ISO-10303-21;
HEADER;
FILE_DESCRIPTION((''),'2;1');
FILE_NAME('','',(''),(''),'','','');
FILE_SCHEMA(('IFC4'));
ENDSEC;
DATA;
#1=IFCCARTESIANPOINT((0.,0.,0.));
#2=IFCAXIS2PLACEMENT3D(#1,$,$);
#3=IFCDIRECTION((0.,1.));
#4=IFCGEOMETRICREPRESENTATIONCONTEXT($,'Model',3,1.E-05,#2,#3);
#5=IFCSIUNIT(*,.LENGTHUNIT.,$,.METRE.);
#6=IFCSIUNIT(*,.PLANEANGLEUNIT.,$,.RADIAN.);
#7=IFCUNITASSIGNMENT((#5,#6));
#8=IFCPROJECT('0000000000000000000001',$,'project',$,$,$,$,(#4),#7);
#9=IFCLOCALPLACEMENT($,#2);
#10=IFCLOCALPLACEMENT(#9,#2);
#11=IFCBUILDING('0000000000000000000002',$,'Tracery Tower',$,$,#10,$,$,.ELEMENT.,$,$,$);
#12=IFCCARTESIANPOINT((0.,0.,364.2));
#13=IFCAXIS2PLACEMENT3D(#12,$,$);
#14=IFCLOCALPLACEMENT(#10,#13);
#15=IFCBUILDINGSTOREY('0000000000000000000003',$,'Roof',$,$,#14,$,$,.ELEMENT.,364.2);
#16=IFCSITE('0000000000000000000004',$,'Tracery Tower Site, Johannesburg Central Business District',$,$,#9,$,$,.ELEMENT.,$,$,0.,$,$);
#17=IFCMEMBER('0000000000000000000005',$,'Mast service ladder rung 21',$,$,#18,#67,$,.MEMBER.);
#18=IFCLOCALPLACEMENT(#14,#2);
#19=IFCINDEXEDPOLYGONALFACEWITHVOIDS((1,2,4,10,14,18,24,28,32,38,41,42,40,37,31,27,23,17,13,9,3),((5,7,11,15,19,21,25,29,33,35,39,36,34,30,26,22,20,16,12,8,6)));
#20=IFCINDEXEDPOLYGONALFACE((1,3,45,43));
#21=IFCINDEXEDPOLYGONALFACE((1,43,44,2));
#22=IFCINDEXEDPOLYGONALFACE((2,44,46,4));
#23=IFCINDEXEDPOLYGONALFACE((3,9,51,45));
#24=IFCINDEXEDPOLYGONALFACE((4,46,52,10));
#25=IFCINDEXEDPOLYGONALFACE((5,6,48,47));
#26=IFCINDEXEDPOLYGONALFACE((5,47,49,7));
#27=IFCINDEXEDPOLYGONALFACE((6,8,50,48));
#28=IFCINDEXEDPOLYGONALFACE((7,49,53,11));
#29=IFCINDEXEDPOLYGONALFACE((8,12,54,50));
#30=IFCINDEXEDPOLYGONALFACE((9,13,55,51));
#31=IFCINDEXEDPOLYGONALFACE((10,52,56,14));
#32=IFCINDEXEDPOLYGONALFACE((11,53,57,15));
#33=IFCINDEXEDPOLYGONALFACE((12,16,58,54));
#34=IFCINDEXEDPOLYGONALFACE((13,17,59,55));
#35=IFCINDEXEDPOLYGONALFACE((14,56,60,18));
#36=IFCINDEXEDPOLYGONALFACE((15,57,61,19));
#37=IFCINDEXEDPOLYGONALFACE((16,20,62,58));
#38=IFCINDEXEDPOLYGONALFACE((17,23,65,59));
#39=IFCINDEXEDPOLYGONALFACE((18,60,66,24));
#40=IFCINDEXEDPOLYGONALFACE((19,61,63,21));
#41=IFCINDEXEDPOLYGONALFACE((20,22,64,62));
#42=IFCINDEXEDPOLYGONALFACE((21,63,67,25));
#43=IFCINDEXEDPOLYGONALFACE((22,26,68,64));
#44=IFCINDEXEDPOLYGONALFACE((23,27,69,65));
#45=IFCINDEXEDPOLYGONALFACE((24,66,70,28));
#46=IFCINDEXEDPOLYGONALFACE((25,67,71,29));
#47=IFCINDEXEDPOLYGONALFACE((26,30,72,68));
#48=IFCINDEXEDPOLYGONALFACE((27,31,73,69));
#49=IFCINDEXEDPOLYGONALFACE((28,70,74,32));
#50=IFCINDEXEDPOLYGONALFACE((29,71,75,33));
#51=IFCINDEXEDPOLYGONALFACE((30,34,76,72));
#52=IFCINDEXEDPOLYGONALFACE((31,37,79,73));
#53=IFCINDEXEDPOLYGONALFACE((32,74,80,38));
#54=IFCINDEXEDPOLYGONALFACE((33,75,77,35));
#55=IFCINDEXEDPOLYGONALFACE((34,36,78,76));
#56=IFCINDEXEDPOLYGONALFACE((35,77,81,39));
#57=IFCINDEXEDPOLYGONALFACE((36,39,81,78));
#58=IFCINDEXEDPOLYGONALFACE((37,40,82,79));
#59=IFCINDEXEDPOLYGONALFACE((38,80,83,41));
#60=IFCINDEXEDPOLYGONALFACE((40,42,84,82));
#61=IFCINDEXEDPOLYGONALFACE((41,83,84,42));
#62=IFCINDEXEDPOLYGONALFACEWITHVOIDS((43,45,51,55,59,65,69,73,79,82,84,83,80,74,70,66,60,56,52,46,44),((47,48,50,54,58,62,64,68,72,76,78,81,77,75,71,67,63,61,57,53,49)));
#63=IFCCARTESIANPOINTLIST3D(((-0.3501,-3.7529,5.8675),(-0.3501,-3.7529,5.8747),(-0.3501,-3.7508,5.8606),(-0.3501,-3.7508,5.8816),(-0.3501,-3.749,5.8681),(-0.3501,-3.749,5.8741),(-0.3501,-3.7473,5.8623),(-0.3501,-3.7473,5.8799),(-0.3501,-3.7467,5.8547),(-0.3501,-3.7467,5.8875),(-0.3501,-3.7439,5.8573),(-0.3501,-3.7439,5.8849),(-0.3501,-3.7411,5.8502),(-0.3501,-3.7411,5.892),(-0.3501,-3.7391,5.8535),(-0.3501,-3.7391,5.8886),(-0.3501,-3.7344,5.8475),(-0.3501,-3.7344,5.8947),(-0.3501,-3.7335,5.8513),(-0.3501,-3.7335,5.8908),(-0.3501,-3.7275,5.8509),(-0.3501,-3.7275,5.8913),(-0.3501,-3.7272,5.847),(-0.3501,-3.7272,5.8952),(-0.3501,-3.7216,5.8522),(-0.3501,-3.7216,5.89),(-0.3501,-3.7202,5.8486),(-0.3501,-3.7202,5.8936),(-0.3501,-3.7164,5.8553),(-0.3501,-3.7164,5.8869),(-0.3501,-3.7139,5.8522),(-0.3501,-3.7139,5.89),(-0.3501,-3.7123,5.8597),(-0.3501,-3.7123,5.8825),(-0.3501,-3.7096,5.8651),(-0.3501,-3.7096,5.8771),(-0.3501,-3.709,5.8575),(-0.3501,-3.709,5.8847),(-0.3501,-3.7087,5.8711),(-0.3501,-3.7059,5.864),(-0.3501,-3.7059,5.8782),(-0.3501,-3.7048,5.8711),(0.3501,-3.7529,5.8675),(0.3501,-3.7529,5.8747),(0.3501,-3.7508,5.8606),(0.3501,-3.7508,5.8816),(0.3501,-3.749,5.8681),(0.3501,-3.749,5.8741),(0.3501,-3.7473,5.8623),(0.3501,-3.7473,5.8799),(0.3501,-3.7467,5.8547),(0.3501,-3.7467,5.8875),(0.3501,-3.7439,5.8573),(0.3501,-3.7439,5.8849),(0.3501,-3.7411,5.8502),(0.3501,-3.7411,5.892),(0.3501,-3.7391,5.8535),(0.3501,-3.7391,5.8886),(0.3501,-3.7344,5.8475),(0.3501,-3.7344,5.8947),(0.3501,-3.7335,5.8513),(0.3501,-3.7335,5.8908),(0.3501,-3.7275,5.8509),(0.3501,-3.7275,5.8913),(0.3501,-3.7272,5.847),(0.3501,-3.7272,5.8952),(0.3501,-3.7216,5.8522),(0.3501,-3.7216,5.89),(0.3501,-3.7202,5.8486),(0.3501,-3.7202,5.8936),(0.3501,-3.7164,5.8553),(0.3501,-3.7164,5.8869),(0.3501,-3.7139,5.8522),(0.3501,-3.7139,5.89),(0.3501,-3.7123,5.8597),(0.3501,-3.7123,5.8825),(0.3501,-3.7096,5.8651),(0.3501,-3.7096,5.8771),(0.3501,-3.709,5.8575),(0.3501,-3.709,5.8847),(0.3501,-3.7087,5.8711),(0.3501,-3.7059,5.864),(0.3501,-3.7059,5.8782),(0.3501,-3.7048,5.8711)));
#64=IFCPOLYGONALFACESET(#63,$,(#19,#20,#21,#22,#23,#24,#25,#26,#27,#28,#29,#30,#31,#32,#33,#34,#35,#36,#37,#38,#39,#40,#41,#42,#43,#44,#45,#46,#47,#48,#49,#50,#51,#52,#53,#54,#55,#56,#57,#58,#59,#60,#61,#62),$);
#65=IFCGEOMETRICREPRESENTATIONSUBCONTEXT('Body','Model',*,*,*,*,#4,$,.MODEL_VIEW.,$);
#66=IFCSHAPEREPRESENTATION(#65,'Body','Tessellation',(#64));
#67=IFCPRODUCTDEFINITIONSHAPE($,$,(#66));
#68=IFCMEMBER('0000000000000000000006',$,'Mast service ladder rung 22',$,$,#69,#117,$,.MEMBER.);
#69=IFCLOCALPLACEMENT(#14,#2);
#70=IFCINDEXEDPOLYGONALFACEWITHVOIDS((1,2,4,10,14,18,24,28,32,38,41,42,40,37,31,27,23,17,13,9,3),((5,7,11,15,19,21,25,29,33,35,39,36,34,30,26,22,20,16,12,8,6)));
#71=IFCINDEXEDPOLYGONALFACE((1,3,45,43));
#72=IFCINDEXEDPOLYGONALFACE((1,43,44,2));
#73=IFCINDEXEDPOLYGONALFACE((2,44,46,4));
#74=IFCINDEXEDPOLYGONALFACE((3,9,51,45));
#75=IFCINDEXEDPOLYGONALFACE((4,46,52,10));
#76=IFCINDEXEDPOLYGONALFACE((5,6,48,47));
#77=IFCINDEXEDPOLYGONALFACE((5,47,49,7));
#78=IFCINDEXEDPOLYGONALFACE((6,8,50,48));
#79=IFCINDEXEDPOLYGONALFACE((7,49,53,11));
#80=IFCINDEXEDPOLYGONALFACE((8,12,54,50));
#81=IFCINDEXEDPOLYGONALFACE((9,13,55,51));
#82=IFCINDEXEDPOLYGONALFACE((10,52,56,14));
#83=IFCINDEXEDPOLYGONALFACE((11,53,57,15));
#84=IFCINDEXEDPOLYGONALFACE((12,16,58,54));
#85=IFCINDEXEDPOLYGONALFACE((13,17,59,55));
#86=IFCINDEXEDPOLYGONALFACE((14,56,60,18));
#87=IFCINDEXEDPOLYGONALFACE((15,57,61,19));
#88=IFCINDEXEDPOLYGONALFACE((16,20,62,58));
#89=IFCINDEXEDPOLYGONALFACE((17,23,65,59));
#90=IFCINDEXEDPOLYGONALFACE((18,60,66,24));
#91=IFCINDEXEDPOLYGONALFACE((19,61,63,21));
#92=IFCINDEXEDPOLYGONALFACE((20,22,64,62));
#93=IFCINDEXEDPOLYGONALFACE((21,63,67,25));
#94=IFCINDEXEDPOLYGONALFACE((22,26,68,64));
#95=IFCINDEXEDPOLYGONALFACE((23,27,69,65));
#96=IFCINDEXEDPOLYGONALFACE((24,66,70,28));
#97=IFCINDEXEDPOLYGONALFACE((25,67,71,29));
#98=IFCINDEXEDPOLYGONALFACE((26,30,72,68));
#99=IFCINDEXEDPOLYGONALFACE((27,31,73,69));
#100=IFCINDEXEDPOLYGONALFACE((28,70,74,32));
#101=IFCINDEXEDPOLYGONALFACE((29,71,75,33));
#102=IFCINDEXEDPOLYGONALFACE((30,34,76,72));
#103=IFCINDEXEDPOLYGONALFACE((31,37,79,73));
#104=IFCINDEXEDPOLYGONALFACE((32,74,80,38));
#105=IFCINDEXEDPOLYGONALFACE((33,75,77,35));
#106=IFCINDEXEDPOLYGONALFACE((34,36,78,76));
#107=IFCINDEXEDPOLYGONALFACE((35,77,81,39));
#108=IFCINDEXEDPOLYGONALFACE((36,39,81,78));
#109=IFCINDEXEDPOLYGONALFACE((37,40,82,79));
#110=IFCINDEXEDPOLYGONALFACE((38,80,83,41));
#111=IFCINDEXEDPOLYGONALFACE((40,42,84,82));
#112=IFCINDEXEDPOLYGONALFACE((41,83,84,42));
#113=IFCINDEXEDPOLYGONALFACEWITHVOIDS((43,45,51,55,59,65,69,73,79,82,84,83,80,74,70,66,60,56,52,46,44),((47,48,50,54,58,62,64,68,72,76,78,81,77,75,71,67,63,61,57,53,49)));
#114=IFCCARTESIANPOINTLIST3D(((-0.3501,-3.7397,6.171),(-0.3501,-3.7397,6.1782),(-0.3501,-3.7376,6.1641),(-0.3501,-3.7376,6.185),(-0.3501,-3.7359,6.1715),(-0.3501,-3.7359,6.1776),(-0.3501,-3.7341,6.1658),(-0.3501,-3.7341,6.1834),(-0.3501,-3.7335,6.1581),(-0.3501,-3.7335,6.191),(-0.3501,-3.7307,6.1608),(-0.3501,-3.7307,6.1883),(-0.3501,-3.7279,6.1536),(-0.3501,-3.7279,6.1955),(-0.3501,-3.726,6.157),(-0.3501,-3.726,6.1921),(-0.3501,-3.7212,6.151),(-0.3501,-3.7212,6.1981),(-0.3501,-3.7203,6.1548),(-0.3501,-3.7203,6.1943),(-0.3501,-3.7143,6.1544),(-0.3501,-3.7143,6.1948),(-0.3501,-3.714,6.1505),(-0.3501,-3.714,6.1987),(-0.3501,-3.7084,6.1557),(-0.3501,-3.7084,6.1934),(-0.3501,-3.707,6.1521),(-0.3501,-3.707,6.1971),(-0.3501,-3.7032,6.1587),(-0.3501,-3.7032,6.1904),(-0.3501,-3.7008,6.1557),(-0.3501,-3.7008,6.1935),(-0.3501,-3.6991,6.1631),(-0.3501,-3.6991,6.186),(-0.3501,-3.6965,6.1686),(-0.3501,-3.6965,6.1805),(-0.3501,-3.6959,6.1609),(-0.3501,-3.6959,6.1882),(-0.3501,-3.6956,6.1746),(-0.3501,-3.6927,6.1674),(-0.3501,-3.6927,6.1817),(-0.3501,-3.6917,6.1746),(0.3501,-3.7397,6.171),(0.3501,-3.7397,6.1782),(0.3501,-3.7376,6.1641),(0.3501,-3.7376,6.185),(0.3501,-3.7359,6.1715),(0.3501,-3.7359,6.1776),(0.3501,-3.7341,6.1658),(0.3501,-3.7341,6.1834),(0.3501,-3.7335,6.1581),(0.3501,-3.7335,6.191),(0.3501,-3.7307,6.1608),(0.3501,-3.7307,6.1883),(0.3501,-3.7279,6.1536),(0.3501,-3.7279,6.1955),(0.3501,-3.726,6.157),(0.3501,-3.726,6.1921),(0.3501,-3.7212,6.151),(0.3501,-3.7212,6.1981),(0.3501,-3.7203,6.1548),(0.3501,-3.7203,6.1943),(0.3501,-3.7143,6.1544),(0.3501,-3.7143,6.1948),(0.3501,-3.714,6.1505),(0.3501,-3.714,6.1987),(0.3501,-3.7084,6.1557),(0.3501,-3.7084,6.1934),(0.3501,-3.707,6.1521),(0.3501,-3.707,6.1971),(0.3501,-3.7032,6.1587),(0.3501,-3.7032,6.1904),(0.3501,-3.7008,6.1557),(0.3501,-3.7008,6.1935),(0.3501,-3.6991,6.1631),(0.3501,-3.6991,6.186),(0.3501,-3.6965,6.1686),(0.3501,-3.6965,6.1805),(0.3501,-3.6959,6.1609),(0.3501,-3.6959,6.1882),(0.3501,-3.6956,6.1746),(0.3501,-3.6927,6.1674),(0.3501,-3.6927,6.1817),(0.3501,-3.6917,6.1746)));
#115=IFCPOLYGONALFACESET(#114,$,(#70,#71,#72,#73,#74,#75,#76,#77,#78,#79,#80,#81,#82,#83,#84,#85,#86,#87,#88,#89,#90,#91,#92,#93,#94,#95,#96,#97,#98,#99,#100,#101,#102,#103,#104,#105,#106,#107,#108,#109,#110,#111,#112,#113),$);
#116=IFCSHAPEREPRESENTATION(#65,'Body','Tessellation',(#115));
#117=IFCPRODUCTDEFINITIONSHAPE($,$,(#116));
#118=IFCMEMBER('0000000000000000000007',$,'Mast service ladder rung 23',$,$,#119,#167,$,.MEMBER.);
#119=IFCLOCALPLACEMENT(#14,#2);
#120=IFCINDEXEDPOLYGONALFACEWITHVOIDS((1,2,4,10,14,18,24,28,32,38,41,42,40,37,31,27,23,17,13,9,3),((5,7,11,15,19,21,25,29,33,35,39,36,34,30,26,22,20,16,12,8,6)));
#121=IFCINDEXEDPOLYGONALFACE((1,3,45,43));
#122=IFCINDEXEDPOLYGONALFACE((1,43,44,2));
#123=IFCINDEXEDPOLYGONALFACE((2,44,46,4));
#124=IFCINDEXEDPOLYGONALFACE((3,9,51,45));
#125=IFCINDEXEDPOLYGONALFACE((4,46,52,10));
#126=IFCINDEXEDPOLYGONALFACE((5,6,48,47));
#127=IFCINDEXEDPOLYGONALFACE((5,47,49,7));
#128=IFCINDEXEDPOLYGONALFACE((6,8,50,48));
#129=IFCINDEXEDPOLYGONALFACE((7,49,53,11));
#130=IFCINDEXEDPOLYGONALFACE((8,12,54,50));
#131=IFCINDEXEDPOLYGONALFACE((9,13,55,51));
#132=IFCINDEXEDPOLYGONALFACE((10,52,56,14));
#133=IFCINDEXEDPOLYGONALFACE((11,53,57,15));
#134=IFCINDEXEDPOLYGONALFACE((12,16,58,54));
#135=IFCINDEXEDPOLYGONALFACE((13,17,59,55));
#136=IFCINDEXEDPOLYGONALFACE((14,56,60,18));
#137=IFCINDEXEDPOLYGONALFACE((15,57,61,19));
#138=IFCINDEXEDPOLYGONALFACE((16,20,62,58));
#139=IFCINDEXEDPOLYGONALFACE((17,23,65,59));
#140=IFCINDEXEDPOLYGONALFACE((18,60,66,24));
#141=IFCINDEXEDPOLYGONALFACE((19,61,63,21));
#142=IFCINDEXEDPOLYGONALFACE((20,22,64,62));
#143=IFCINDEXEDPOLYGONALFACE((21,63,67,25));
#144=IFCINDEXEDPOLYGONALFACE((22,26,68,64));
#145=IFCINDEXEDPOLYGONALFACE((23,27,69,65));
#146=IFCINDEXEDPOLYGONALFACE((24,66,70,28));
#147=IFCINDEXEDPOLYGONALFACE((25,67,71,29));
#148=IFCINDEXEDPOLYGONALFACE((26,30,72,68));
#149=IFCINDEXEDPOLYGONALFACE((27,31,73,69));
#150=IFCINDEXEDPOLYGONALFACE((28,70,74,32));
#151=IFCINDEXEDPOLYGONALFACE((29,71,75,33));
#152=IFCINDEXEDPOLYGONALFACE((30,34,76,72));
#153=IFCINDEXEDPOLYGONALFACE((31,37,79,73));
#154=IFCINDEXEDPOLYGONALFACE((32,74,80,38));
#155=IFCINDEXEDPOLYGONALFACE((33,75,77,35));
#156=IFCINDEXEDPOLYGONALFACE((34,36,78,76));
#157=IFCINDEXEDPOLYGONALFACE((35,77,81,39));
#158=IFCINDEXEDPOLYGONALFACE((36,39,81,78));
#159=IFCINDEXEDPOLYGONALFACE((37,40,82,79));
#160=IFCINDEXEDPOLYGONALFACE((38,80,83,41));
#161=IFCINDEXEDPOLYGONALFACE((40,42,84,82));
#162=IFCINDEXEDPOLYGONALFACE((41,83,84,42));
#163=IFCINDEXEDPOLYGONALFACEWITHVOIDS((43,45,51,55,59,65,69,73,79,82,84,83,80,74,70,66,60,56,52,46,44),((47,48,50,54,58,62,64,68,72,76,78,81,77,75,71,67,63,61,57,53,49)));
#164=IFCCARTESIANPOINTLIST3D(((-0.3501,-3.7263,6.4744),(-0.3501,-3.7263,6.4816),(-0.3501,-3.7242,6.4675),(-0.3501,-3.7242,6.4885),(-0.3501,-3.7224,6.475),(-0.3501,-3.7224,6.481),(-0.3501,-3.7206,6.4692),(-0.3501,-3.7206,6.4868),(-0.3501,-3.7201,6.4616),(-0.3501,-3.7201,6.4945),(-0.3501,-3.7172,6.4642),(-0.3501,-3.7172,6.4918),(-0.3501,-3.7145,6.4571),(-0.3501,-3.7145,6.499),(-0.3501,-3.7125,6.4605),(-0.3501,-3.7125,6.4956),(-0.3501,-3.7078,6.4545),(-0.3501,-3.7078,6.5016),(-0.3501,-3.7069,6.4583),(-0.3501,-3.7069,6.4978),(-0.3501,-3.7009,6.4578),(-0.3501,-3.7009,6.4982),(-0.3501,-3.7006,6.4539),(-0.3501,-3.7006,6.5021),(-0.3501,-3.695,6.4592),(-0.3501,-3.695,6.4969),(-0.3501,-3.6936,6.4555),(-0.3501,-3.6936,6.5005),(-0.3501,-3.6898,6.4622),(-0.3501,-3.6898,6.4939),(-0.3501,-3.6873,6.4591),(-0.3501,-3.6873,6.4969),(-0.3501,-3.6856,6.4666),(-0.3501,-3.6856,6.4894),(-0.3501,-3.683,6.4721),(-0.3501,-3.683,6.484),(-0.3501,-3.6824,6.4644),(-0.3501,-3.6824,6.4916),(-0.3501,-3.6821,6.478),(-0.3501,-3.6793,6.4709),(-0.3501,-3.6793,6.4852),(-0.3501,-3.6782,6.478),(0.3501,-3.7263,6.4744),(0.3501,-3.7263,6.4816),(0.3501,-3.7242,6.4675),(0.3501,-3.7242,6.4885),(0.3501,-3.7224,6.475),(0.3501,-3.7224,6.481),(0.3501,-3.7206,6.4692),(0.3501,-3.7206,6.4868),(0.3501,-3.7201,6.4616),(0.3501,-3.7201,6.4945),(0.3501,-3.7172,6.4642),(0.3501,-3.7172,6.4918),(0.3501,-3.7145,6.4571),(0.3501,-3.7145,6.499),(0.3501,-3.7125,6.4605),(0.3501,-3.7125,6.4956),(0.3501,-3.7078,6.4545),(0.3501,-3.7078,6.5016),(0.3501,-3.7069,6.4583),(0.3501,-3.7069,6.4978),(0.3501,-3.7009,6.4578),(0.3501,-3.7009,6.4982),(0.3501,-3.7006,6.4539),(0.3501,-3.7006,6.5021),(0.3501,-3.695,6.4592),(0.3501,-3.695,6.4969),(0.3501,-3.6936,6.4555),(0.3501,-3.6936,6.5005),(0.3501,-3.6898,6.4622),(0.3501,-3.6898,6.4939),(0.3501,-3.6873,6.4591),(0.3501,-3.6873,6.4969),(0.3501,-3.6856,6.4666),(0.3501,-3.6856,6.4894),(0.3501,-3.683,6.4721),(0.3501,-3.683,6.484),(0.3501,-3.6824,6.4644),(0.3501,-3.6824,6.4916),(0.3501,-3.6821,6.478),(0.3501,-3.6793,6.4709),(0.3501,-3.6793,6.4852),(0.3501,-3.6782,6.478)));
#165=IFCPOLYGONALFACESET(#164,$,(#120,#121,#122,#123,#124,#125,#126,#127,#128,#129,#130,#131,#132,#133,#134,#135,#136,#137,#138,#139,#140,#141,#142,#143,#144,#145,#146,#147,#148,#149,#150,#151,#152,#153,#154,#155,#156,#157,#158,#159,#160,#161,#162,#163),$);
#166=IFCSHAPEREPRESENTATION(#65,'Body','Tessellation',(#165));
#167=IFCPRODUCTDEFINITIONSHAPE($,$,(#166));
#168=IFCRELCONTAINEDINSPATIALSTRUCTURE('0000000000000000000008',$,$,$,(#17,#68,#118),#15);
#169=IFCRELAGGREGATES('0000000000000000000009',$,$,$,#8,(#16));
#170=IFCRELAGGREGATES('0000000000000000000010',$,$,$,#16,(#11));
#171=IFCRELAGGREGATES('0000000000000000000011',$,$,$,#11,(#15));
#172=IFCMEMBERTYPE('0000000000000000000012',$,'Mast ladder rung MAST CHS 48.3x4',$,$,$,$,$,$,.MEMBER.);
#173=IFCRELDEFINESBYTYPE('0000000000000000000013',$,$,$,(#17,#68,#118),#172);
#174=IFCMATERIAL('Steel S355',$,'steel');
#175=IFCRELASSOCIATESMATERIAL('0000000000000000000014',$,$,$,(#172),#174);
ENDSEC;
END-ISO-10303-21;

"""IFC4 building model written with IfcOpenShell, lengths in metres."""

from ifc_helpers import new_model, si_unit, direction, frame, origin, origin_2d, place, context, subcontext, project, spatial, hollow_circle, extrude, material, material_profile, profile_set, type_object, element, save


model = new_model("IFC4")

# Units and contexts
model_context = context("Model", 3, precision=1e-05, world=origin(), true_north=direction((0.0, 1.0)))
body_context = subcontext(model_context, "Body", "Model", "MODEL_VIEW")
ifc_project = project(units=[si_unit("LENGTHUNIT", "METRE"), si_unit("PLANEANGLEUNIT", "RADIAN")], contexts=[model_context])

# Site, building, storey
site_placement = place(None, origin())
site = spatial("IfcSite", under=ifc_project, at=site_placement, Name="Tracery Tower Site, Johannesburg Central Business District", CompositionType="ELEMENT", RefElevation=0.0)
building_placement = place(site_placement, origin())
building = spatial("IfcBuilding", under=site, at=building_placement, Name="Tracery Tower", CompositionType="ELEMENT")
storey_placement = place(building_placement, frame((0.0, 0.0, 364.2)))
storey = spatial("IfcBuildingStorey", under=building, at=storey_placement, Name="Roof", CompositionType="ELEMENT", Elevation=364.2)

# Members
ifc_material_1 = material(Name="Steel S355", Category="steel")
ifc_material_profile_1 = material_profile(ifc_material_1, hollow_circle(Radius=0.0242, WallThickness=0.0039, at=origin_2d()), Name="CHS 48.3x4")
ifc_profile_set_1 = profile_set([ifc_material_profile_1], Name="Steel S355")
member_type_1 = type_object("IfcMemberType", Name="Mast ladder rung MAST CHS 48.3x4", PredefinedType="MEMBER", material=ifc_profile_set_1)
for number, where, z_axis, x_axis, name in (
    (1, (-0.3501, -3.729, 5.8711), (1.0, 0.0, 0.0), (0.0, 1.0, 0.0), "Mast service ladder rung 21"),
    (2, (-0.3501, -3.7158, 6.1746), (1.0, 0.0, 0.0), (0.0, 1.0, 0.0), "Mast service ladder rung 22"),
    (3, (-0.3501, -3.7024, 6.478), (1.0, 0.0, 0.0), (0.0, 1.0, 0.0), "Mast service ladder rung 23"),
):
    element("IfcMember", number, at=place(storey_placement, frame(where, z_axis=z_axis, x_axis=x_axis)), inside=storey, type_object=member_type_1, Name=name, PredefinedType="MEMBER", context=body_context, shape_type="SweptSolid", body=[
        extrude(hollow_circle(Radius=0.0242, WallThickness=0.0039, at=origin_2d()), origin(), (0.0, 0.0, 1.0), 0.7002),
    ])

save(model, "model.ifc")
